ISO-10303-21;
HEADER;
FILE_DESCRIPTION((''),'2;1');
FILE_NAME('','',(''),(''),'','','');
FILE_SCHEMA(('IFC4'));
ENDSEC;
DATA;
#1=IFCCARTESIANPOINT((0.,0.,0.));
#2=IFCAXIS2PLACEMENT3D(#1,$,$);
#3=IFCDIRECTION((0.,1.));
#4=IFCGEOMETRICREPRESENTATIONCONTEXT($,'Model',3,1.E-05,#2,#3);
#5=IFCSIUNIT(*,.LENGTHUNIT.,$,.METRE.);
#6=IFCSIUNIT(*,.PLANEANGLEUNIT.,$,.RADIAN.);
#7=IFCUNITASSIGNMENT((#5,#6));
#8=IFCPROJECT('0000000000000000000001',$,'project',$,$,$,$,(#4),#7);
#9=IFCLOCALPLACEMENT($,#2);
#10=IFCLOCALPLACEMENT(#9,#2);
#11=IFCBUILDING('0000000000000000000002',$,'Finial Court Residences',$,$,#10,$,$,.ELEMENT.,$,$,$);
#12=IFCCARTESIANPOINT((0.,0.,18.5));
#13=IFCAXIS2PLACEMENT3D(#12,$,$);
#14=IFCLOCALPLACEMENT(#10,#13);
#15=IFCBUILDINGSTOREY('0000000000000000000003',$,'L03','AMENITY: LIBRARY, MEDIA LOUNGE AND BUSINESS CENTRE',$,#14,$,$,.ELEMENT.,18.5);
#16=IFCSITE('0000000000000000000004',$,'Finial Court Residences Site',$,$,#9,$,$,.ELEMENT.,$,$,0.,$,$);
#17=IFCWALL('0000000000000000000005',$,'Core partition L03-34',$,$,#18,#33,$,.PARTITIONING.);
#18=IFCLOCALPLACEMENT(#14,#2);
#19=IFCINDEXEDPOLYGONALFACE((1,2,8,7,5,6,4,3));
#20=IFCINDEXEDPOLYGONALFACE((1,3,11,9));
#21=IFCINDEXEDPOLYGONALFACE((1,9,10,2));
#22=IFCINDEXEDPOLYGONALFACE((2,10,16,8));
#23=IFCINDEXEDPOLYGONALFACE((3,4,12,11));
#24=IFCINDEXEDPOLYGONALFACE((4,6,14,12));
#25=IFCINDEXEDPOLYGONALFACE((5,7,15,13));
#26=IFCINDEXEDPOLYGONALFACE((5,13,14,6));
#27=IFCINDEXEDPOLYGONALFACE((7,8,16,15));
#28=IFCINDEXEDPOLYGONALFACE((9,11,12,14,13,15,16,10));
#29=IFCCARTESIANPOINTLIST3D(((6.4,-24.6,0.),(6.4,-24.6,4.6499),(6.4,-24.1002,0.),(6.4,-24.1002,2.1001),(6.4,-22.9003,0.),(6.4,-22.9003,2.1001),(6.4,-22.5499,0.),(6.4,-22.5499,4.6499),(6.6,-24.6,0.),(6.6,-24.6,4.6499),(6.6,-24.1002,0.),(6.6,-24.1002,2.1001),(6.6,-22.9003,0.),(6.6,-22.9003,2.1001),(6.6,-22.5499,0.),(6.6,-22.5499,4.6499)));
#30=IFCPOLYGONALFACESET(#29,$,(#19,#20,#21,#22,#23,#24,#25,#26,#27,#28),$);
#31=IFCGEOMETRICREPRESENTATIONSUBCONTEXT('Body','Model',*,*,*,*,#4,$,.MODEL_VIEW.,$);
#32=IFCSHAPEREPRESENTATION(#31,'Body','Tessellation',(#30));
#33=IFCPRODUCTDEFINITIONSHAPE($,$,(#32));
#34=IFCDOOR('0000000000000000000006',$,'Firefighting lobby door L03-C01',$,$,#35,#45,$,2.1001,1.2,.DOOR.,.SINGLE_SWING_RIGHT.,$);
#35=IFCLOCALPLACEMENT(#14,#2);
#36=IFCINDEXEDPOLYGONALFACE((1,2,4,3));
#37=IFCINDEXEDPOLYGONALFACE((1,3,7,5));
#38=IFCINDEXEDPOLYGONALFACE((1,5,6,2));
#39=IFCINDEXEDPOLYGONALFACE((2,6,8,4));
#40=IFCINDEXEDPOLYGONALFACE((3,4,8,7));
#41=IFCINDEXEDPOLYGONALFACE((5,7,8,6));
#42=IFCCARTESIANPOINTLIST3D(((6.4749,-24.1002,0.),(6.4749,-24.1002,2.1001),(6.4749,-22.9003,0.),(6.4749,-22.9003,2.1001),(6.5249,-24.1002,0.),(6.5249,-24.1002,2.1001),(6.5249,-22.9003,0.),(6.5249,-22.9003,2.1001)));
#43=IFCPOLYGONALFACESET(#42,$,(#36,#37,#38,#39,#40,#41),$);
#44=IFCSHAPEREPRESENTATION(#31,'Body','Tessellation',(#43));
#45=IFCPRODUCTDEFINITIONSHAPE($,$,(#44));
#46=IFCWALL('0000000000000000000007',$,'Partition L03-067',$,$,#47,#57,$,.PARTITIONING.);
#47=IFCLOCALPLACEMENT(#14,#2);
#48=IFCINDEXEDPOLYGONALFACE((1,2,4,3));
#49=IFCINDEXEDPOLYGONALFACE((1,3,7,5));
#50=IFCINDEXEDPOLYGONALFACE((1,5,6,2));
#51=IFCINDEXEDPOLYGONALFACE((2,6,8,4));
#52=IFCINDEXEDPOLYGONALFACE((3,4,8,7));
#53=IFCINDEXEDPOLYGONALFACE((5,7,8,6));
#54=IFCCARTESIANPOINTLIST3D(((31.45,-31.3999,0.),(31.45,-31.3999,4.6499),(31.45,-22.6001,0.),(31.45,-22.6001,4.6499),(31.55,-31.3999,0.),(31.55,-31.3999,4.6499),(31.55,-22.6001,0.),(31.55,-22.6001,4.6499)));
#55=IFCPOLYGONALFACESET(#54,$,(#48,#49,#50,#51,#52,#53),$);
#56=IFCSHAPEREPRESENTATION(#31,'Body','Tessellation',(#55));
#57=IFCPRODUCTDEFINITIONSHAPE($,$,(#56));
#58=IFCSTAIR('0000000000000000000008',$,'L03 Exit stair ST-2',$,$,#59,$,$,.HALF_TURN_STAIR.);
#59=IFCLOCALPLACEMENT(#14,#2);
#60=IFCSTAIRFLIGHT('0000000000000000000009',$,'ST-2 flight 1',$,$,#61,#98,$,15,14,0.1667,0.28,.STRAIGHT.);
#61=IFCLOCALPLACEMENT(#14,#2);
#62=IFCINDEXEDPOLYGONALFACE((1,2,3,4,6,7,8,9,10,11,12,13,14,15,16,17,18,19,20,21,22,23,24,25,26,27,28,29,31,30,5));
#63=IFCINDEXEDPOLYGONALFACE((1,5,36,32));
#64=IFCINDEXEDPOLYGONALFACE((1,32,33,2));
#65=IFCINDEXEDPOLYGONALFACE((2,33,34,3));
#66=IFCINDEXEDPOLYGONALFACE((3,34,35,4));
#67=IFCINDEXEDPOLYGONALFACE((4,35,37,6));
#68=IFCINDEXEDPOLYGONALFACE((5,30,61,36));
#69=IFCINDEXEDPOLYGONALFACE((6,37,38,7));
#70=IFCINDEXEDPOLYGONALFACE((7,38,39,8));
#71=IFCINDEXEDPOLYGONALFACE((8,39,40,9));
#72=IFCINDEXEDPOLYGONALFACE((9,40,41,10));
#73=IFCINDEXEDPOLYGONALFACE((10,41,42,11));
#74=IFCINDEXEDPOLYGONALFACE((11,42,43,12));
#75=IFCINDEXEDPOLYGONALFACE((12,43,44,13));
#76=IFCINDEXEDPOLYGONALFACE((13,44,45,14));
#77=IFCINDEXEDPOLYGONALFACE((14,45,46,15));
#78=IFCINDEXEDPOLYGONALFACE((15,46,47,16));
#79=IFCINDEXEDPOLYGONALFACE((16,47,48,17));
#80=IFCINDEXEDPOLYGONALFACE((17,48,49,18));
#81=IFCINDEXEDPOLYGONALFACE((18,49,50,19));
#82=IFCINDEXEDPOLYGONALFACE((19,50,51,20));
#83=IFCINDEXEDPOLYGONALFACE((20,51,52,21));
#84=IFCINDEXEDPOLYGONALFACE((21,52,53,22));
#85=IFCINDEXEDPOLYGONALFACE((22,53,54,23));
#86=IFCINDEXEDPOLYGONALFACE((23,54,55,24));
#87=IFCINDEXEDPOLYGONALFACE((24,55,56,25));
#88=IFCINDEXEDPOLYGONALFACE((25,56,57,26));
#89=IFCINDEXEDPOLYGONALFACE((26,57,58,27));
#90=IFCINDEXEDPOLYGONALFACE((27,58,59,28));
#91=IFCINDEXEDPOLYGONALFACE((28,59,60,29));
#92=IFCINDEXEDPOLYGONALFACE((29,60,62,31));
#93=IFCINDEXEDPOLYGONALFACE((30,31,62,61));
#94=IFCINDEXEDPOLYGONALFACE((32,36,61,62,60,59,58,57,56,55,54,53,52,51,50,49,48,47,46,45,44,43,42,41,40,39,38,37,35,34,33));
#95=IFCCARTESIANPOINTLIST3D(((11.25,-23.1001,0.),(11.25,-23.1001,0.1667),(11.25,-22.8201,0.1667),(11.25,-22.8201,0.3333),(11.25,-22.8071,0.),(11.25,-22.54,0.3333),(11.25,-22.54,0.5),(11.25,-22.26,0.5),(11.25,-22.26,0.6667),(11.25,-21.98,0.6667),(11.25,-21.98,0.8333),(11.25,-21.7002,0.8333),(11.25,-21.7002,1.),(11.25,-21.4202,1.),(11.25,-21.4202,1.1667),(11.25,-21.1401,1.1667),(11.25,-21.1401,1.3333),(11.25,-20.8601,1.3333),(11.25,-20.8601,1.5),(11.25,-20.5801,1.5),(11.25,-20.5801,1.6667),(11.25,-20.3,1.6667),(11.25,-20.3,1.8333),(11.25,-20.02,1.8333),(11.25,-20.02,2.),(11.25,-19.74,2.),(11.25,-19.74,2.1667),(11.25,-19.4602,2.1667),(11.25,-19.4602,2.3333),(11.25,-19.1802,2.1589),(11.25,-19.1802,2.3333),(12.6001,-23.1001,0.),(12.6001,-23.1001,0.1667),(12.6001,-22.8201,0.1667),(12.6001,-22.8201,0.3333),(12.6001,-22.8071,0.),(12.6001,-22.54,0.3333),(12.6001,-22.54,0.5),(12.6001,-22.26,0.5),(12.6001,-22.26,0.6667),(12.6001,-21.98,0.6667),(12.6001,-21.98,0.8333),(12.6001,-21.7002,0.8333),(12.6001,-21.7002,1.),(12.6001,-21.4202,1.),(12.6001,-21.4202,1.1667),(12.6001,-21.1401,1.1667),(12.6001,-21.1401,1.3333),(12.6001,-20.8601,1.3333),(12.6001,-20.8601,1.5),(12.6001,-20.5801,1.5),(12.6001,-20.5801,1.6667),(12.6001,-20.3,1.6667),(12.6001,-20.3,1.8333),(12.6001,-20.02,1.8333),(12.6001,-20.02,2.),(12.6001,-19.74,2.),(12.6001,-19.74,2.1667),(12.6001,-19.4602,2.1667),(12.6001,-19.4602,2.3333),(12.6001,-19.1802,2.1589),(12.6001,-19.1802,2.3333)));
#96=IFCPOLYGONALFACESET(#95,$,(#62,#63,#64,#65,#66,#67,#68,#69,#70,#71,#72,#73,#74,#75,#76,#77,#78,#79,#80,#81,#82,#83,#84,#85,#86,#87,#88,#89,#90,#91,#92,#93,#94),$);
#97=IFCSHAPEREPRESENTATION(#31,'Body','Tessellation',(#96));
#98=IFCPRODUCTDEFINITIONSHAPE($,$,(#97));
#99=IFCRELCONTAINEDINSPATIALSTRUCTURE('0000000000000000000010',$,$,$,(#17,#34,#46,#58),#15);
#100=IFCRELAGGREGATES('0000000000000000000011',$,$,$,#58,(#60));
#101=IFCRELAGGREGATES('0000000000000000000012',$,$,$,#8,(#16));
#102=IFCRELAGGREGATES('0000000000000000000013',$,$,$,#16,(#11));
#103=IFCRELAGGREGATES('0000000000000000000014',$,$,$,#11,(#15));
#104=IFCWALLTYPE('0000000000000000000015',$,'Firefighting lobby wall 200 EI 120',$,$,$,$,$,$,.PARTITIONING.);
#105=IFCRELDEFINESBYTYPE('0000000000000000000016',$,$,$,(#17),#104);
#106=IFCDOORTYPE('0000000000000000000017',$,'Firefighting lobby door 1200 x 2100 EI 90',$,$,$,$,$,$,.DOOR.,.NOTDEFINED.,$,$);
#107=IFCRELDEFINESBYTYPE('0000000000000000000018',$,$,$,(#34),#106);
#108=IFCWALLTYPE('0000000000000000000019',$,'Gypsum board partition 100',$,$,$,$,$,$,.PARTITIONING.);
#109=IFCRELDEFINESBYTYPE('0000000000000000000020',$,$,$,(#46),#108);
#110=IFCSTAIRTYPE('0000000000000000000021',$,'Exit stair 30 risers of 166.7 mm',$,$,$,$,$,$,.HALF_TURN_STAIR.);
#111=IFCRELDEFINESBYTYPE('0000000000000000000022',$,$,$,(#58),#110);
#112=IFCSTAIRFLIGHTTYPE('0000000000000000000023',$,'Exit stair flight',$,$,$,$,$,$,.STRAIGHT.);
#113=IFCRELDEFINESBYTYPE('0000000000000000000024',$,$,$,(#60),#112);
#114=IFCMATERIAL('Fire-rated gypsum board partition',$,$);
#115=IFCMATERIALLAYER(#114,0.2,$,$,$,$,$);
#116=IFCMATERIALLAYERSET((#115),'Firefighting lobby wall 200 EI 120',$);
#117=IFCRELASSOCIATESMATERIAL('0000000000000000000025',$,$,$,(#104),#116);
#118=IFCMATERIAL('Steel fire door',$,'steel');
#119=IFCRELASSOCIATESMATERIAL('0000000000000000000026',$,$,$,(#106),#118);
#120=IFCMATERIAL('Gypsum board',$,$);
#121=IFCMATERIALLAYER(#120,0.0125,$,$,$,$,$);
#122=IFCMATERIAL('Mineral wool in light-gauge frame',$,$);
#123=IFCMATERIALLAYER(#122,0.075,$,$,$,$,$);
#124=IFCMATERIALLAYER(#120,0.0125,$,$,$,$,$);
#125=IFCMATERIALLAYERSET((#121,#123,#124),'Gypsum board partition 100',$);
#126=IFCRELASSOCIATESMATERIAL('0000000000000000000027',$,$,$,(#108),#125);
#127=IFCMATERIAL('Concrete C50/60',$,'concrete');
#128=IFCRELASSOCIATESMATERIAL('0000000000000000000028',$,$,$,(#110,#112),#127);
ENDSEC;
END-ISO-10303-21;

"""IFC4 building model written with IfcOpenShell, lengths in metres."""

from ifc_helpers import new_model, si_unit, direction, frame, frame_2d, origin, place, context, subcontext, project, spatial, polyline, rectangle, outline, extrude, material, layer, layer_set, type_object, element, fill, aggregate, save


model = new_model("IFC4")

# Units and contexts
model_context = context("Model", 3, precision=1e-05, world=origin(), true_north=direction((0.0, 1.0)))
body_context = subcontext(model_context, "Body", "Model", "MODEL_VIEW")
ifc_project = project(units=[si_unit("LENGTHUNIT", "METRE"), si_unit("PLANEANGLEUNIT", "RADIAN")], contexts=[model_context])

# Site, building, storey
site_placement = place(None, origin())
site = spatial("IfcSite", under=ifc_project, at=site_placement, Name="Finial Court Residences Site", CompositionType="ELEMENT", RefElevation=0.0)
building_placement = place(site_placement, origin())
building = spatial("IfcBuilding", under=site, at=building_placement, Name="Finial Court Residences", CompositionType="ELEMENT")
storey_placement = place(building_placement, frame((0.0, 0.0, 18.5)))
storey = spatial("IfcBuildingStorey", under=building, at=storey_placement, Name="L03", Description="AMENITY: LIBRARY, MEDIA LOUNGE AND BUSINESS CENTRE", CompositionType="ELEMENT", Elevation=18.5)

# Shared definitions
ifc_material_1 = material(Name="Concrete C50/60", Category="concrete")

# Shared definitions
ifc_material_2 = material(Name="Steel fire door", Category="steel")

# Shared definitions
ifc_material_3 = material(Name="Gypsum board")

# Wall, opening, door
ifc_material_4 = material(Name="Fire-rated gypsum board partition")
ifc_layer_1 = layer(ifc_material_4, 0.2)
ifc_layer_set_1 = layer_set([ifc_layer_1], Name="Firefighting lobby wall 200 EI 120")
wall_type_1 = type_object("IfcWallType", Name="Firefighting lobby wall 200 EI 120", PredefinedType="PARTITIONING", material=ifc_layer_set_1)
wall_1_placement = place(storey_placement, frame((6.5, -22.55, 0.0), z_axis=(0.0, 0.0, 1.0), x_axis=(0.0, -1.0, 0.0)))
wall_1 = element("IfcWall", 1, at=wall_1_placement, inside=storey, type_object=wall_type_1, Name="Core partition L03-34", PredefinedType="PARTITIONING", context=body_context, shape_type="SweptSolid", body=[
    extrude(rectangle(XDim=2.05, YDim=0.2, at=frame_2d((1.0249, 0.0))), origin(), (0.0, 0.0, 1.0), 4.6499),
])
opening_1_placement = place(wall_1_placement, frame((0.3501, 0.0, 0.0)))
opening_1 = element("IfcOpeningElement", 2, at=opening_1_placement, cuts=wall_1, PredefinedType="OPENING", context=body_context, shape_type="SweptSolid", body=[
    extrude(rectangle(XDim=1.2, YDim=2.1001, at=frame_2d((0.6001, 1.05))), frame((0.0, 0.1099, 0.0), z_axis=(0.0, -1.0, 0.0), x_axis=(1.0, 0.0, 0.0)), (0.0, 0.0, 1.0), 0.22),
])
door_type_1 = type_object("IfcDoorType", Name="Firefighting lobby door 1200 x 2100 EI 90", OperationType="NOTDEFINED", PredefinedType="DOOR", material=ifc_material_2)
door_1_placement = place(opening_1_placement, origin())
door_1 = element("IfcDoor", 3, at=door_1_placement, inside=storey, type_object=door_type_1, Name="Firefighting lobby door L03-C01", OperationType="SINGLE_SWING_RIGHT", OverallHeight=2.1001, OverallWidth=1.2, PredefinedType="DOOR", context=body_context, shape_type="SweptSolid", body=[
    extrude(rectangle(XDim=1.2, YDim=2.1001, at=frame_2d((0.6001, 1.05))), frame((0.0, 0.0249, 0.0), z_axis=(0.0, -1.0, 0.0), x_axis=(1.0, 0.0, 0.0)), (0.0, 0.0, 1.0), 0.05),
])
fill(opening_1, door_1)

# Wall
ifc_layer_2 = layer(ifc_material_3, 0.0125)
ifc_material_5 = material(Name="Mineral wool in light-gauge frame")
ifc_layer_3 = layer(ifc_material_5, 0.075)
ifc_layer_4 = layer(ifc_material_3, 0.0125)
ifc_layer_set_2 = layer_set([ifc_layer_2, ifc_layer_3, ifc_layer_4], Name="Gypsum board partition 100")
wall_type_2 = type_object("IfcWallType", Name="Gypsum board partition 100", PredefinedType="PARTITIONING", material=ifc_layer_set_2)
wall_2_placement = place(storey_placement, frame((31.5, -31.3999, 0.0), z_axis=(0.0, 0.0, 1.0), x_axis=(0.0, 1.0, 0.0)))
element("IfcWall", 4, at=wall_2_placement, inside=storey, type_object=wall_type_2, Name="Partition L03-067", PredefinedType="PARTITIONING", context=body_context, shape_type="SweptSolid", body=[
    extrude(rectangle(XDim=8.7998, YDim=0.1001, at=frame_2d((4.3999, 0.0))), origin(), (0.0, 0.0, 1.0), 4.6499),
])

# Stair, stair flight
stair_type = type_object("IfcStairType", Name="Exit stair 30 risers of 166.7 mm", PredefinedType="HALF_TURN_STAIR", material=ifc_material_1)
stair_placement = place(storey_placement, origin())
stair = element("IfcStair", 5, at=stair_placement, inside=storey, type_object=stair_type, Name="L03 Exit stair ST-2", PredefinedType="HALF_TURN_STAIR")
stair_flight_type = type_object("IfcStairFlightType", Name="Exit stair flight", PredefinedType="STRAIGHT", material=ifc_material_1)
stair_flight_placement = place(storey_placement, frame((11.925, -23.1001, 0.0), z_axis=(0.0, 0.0, 1.0), x_axis=(0.0, 1.0, 0.0)))
stair_flight = element("IfcStairFlight", 6, at=stair_flight_placement, type_object=stair_flight_type, Name="ST-2 flight 1", NumberOfRisers=15, NumberOfTreads=14, PredefinedType="STRAIGHT", RiserHeight=0.1667, TreadLength=0.28, context=body_context, shape_type="SweptSolid", body=[
    extrude(outline(polyline([(0.0, 0.0), (0.0, 0.1667), (0.28, 0.1667), (0.28, 0.3333), (0.5601, 0.3333), (0.5601, 0.5), (0.8401, 0.5), (0.8401, 0.6667), (1.1201, 0.6667), (1.1201, 0.8333), (1.3999, 0.8333), (1.3999, 1.0), (1.6799, 1.0), (1.6799, 1.1667), (1.96, 1.1667), (1.96, 1.3333), (2.24, 1.3333), (2.24, 1.5), (2.52, 1.5), (2.52, 1.6667), (2.8, 1.6667), (2.8, 1.8333), (3.0801, 1.8333), (3.0801, 2.0), (3.3601, 2.0), (3.3601, 2.1667), (3.6399, 2.1667), (3.6399, 2.3333), (3.9199, 2.3333), (3.9199, 2.5), (3.9199, 2.1589), (0.293, 0.0), (0.0, 0.0)])), frame((0.0, 0.675, 0.0), z_axis=(0.0, -1.0, 0.0), x_axis=(1.0, 0.0, 0.0)), (0.0, 0.0, 1.0), 1.3501),
])
aggregate(stair, [stair_flight])

save(model, "model.ifc")
